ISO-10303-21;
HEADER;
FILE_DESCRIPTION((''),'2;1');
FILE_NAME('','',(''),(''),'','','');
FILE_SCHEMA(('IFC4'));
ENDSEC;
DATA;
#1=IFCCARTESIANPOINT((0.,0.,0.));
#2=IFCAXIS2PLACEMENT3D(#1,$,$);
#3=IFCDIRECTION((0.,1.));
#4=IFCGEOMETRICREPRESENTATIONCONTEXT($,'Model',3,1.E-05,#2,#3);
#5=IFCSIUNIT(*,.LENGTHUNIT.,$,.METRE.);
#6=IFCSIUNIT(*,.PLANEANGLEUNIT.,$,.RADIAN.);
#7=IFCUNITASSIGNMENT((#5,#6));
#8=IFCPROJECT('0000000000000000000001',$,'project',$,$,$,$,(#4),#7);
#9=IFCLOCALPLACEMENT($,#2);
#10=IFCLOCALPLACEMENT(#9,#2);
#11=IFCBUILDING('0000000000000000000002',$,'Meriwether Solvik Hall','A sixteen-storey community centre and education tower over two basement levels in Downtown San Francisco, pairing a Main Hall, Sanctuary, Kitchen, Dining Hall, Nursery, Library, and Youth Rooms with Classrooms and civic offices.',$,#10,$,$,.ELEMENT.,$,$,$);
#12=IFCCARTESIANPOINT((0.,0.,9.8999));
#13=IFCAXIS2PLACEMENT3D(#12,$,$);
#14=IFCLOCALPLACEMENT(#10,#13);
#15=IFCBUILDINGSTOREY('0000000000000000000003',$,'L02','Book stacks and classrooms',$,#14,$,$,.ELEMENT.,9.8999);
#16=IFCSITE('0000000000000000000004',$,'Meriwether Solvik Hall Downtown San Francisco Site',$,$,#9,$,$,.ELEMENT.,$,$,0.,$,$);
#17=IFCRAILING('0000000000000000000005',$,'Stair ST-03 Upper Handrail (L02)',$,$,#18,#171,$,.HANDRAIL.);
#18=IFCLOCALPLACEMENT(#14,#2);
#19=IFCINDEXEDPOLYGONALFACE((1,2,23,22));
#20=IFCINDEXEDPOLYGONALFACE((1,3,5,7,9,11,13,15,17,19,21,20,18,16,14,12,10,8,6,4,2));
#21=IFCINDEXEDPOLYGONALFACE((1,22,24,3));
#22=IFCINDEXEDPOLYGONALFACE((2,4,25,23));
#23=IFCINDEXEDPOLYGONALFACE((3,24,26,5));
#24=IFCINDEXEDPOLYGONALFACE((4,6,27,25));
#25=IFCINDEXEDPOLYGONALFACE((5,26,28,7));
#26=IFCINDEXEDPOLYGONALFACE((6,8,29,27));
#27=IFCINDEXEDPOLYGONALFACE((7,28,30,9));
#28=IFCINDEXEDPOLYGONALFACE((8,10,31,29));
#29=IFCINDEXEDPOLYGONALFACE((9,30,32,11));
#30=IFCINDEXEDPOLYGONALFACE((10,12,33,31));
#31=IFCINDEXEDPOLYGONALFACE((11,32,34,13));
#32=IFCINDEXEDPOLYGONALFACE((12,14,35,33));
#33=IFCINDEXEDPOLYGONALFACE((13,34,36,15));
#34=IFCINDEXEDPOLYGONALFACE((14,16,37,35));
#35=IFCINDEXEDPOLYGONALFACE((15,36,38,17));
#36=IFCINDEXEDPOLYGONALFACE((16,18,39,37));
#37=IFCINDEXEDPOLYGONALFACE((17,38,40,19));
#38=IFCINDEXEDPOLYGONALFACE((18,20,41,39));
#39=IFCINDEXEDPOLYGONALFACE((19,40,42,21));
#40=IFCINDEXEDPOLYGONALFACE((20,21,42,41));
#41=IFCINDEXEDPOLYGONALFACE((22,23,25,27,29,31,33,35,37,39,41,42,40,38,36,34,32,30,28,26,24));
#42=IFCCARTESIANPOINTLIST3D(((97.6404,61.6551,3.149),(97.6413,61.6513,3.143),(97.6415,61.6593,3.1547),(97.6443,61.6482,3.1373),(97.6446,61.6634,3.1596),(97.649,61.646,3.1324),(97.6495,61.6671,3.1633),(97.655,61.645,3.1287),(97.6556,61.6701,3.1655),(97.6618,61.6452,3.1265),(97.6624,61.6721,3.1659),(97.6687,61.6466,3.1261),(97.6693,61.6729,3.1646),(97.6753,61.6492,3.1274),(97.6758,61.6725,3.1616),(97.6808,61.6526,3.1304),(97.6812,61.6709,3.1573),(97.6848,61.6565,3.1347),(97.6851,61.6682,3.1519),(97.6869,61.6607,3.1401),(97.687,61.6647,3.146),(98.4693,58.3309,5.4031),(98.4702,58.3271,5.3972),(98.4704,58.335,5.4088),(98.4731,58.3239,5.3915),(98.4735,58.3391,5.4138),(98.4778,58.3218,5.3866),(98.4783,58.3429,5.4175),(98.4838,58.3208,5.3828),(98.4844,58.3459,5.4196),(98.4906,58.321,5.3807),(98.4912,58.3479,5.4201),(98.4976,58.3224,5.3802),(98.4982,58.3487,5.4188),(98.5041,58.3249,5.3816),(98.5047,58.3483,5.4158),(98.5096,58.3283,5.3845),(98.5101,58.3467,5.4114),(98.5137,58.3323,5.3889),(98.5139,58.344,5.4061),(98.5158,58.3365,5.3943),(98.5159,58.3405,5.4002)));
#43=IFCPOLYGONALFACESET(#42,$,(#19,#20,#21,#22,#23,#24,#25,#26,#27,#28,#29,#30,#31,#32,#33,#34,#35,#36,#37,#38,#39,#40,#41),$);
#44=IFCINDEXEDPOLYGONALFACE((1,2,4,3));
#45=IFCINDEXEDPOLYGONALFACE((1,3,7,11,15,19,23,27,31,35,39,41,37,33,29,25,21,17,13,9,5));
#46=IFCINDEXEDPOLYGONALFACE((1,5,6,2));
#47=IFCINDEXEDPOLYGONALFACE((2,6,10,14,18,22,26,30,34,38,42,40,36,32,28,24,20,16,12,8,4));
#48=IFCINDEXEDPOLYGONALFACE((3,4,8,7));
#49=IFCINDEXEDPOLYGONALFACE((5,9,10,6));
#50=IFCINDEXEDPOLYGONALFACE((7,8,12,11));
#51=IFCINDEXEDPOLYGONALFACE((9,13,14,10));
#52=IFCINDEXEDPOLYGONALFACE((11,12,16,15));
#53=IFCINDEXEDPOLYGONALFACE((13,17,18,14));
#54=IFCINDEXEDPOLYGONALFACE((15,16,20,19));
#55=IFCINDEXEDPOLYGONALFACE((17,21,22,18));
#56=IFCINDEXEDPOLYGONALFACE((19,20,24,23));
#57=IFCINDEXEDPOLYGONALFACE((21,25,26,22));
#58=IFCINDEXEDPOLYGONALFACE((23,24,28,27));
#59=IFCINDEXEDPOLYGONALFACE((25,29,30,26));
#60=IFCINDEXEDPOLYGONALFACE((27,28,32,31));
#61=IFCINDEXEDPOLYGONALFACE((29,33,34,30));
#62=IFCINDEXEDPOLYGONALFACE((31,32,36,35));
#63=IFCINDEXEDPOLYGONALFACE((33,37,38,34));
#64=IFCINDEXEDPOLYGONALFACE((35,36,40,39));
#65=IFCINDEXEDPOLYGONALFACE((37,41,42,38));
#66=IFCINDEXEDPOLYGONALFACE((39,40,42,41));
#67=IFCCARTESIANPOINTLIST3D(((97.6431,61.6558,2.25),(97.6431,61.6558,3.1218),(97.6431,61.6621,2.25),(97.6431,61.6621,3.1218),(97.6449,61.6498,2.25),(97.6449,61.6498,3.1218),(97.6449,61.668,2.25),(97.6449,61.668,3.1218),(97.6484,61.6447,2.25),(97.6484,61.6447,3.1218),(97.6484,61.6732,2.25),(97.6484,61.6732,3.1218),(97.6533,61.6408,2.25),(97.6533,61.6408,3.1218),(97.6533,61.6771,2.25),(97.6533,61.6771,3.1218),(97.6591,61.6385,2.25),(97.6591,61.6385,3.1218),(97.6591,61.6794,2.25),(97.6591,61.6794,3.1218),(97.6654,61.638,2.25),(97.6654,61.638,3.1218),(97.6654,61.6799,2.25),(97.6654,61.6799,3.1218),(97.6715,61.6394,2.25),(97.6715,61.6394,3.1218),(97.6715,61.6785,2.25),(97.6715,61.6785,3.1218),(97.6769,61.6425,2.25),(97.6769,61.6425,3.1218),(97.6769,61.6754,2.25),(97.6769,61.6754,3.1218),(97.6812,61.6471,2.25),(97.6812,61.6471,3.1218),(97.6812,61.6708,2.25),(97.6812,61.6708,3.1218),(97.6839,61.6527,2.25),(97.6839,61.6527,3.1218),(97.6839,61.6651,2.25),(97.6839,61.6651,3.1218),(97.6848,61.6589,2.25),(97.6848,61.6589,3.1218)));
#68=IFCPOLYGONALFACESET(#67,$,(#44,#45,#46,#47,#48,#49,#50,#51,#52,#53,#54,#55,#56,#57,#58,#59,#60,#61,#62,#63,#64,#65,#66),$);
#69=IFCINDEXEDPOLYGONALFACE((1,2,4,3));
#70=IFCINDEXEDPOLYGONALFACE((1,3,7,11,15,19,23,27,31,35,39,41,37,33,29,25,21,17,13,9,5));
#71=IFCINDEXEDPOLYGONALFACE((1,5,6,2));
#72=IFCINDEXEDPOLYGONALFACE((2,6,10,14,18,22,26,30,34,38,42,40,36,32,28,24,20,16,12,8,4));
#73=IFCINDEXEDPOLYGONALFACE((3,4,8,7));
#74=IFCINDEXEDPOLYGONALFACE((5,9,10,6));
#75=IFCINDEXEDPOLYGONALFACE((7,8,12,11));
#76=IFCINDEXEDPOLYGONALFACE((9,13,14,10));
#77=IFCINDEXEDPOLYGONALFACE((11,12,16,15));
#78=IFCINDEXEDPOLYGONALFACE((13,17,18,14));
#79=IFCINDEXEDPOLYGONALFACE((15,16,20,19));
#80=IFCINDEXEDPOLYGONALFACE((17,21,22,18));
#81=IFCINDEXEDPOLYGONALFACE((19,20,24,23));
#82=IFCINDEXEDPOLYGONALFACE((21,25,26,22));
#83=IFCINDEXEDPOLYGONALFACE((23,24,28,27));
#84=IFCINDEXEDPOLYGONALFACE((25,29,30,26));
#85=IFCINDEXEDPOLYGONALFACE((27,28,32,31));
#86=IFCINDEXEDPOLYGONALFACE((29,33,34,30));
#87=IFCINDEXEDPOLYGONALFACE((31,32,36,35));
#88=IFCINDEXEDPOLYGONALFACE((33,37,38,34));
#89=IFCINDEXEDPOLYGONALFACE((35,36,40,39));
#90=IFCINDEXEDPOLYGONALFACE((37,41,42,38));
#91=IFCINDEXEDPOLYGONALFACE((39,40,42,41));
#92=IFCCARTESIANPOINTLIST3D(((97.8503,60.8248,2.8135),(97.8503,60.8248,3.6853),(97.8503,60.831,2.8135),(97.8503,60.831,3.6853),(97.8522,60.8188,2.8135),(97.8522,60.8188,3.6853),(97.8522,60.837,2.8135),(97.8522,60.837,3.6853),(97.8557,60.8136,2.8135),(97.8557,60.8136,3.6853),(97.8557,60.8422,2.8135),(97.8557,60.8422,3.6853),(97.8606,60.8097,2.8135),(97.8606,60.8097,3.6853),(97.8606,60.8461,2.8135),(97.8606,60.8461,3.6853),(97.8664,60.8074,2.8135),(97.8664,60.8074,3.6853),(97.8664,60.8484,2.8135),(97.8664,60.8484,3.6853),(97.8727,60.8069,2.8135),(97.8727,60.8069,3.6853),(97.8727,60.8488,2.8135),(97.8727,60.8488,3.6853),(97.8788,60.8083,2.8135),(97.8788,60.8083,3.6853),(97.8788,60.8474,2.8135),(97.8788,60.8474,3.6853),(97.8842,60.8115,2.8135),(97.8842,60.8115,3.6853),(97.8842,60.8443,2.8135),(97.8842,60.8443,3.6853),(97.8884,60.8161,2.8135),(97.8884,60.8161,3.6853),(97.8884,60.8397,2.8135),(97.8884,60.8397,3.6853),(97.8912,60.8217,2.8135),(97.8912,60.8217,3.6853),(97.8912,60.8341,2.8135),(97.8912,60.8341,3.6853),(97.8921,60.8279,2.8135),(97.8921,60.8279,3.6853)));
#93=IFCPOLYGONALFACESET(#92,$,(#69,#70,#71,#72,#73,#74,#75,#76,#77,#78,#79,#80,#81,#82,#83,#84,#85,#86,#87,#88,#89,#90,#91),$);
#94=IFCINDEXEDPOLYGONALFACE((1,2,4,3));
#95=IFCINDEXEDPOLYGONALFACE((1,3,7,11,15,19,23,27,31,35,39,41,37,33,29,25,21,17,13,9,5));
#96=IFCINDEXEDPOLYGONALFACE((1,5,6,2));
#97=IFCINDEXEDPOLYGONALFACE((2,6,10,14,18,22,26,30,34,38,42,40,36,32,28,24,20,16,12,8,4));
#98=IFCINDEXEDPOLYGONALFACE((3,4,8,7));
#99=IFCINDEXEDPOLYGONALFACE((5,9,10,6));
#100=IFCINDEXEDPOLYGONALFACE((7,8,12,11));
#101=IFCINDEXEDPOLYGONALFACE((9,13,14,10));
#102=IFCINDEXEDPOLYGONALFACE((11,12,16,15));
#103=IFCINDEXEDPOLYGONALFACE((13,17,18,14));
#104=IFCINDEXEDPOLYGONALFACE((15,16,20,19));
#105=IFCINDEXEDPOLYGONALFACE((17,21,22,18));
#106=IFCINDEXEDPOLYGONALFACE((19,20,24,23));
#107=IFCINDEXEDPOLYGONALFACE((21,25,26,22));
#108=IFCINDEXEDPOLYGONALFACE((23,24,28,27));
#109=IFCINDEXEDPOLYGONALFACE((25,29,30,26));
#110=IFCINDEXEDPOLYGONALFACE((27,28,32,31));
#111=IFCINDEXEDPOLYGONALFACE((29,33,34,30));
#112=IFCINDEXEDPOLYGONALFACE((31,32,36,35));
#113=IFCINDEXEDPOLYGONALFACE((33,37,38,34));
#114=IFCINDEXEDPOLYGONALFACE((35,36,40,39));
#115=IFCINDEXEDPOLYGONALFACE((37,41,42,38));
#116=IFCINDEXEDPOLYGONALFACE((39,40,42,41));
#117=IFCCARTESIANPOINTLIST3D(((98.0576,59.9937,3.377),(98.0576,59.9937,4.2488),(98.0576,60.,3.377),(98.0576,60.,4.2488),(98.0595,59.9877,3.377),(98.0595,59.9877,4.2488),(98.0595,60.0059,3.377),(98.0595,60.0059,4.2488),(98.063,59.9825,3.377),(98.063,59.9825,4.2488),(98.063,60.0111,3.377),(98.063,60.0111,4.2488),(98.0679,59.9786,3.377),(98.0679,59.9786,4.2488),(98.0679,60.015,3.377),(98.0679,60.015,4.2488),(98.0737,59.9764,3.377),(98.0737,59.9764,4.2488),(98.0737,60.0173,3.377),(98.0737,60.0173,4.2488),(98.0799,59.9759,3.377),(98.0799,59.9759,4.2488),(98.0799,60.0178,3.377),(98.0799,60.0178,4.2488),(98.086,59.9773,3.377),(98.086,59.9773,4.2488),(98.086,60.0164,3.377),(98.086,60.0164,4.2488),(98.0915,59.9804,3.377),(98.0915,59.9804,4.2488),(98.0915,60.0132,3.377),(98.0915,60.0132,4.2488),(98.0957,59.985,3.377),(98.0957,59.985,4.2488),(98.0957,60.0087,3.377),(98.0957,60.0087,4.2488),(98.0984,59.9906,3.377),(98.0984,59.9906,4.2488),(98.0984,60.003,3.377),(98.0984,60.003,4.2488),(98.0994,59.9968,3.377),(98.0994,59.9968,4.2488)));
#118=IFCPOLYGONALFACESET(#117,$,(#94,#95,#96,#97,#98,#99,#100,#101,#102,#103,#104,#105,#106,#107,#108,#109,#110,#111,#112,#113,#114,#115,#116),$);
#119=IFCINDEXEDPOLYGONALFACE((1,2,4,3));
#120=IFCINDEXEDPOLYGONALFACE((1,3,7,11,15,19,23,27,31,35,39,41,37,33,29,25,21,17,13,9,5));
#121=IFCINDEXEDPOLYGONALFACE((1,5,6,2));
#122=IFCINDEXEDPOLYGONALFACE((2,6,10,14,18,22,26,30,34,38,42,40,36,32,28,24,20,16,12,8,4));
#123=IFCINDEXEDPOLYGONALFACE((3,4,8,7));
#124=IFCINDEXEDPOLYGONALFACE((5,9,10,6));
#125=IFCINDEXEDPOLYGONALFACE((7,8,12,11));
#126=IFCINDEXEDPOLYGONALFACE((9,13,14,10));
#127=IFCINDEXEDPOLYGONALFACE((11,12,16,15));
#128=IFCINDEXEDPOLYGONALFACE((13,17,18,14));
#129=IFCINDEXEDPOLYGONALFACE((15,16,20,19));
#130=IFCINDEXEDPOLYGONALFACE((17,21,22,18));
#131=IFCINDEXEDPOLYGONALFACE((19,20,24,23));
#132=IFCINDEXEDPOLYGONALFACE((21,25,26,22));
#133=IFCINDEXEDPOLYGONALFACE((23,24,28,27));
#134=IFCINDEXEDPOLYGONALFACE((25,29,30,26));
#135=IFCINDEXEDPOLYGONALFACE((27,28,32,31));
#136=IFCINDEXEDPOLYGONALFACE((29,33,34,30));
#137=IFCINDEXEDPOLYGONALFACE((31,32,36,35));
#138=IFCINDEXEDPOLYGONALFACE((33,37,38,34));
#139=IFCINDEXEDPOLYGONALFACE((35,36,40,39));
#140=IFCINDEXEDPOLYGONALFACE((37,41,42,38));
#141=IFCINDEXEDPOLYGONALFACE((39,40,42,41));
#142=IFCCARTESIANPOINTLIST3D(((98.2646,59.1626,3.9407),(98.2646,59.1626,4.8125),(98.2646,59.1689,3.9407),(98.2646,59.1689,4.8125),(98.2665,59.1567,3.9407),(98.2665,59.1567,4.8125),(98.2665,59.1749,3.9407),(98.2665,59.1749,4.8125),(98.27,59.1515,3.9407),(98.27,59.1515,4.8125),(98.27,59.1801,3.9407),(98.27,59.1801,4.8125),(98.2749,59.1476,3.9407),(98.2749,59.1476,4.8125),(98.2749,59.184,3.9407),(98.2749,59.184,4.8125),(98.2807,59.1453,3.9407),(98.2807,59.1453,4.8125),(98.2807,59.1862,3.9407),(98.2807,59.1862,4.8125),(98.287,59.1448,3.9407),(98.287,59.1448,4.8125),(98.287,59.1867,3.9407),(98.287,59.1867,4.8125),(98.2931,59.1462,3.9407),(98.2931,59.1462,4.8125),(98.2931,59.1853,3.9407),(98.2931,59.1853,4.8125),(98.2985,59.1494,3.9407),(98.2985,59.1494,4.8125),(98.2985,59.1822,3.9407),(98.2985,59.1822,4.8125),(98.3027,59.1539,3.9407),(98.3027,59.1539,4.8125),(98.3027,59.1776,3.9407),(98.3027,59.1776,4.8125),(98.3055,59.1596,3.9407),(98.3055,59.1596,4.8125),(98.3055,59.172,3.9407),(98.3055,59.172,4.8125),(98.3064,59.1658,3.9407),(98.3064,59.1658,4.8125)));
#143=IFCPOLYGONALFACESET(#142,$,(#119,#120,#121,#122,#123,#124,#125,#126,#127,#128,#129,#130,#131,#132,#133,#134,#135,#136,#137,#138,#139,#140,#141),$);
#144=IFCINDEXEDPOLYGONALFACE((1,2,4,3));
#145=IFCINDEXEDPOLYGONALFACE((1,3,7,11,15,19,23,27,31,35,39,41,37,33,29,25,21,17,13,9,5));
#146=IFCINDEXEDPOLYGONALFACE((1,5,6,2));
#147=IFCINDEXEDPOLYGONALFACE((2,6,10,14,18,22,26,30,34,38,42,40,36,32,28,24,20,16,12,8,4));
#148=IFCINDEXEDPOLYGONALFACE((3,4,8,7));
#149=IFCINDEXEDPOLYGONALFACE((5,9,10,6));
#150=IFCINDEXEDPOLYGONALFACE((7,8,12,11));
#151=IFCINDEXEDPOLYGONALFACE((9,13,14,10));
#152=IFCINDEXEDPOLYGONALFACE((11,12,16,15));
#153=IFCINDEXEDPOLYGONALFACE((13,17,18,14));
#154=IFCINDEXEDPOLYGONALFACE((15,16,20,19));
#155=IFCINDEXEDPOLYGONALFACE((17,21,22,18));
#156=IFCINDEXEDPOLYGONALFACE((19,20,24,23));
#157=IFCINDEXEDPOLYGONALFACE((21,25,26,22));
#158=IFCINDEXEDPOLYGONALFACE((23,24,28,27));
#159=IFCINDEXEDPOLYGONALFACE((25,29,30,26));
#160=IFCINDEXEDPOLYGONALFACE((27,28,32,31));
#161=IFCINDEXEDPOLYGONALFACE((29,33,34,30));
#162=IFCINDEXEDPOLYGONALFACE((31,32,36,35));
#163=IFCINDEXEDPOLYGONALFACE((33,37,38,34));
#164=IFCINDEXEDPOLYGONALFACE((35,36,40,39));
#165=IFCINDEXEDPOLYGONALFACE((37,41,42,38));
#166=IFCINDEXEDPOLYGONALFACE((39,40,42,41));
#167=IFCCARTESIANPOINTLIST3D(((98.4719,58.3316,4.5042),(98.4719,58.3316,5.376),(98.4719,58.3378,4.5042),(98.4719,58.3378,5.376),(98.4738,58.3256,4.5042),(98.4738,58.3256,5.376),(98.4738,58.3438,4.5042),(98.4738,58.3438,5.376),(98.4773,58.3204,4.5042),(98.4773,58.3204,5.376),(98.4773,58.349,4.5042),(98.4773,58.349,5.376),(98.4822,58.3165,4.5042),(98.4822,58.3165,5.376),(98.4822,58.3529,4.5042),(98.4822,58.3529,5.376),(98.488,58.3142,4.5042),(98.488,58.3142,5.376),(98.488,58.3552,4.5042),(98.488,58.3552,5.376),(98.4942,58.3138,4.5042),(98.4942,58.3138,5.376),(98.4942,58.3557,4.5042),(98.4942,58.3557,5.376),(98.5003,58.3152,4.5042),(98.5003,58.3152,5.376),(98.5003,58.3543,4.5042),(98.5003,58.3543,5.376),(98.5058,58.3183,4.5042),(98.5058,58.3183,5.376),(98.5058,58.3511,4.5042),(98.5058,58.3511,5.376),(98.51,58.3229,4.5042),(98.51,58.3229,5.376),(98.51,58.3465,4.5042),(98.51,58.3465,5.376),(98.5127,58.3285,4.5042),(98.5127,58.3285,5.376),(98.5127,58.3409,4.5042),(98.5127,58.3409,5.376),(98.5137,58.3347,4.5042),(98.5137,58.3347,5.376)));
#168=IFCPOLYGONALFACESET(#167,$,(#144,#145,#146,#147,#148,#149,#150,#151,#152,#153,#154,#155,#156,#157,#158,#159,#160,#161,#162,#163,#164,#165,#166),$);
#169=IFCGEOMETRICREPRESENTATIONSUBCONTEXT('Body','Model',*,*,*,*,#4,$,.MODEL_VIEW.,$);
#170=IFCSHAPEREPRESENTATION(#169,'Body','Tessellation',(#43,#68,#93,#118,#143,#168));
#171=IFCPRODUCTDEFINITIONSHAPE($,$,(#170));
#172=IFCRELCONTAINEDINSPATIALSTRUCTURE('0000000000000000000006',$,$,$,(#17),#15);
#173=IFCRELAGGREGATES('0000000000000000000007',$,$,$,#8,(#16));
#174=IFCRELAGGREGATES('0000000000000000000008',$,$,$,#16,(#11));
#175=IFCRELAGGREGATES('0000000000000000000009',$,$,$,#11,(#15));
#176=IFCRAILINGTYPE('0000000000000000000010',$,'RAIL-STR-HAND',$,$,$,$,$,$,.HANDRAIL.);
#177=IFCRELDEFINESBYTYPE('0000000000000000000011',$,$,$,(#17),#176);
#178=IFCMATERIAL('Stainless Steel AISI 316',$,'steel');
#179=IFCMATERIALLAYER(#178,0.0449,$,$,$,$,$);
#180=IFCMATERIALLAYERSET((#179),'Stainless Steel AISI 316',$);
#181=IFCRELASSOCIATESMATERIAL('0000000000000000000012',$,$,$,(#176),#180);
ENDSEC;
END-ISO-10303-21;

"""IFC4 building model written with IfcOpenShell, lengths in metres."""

from ifc_helpers import new_model, si_unit, direction, frame, origin, origin_2d, place, context, subcontext, project, spatial, circle, extrude, material, layer, layer_set, type_object, element, save


model = new_model("IFC4")

# Units and contexts
model_context = context("Model", 3, precision=1e-05, world=origin(), true_north=direction((0.0, 1.0)))
body_context = subcontext(model_context, "Body", "Model", "MODEL_VIEW")
ifc_project = project(units=[si_unit("LENGTHUNIT", "METRE"), si_unit("PLANEANGLEUNIT", "RADIAN")], contexts=[model_context])

# Site, building, storey
site_placement = place(None, origin())
site = spatial("IfcSite", under=ifc_project, at=site_placement, Name="Meriwether Solvik Hall Downtown San Francisco Site", CompositionType="ELEMENT", RefElevation=0.0)
building_placement = place(site_placement, origin())
building = spatial("IfcBuilding", under=site, at=building_placement, Name="Meriwether Solvik Hall", Description="A sixteen-storey community centre and education tower over two basement levels in Downtown San Francisco, pairing a Main Hall, Sanctuary, Kitchen, Dining Hall, Nursery, Library, and Youth Rooms with Classrooms and civic offices.", CompositionType="ELEMENT")
storey_placement = place(building_placement, frame((0.0, 0.0, 9.8999)))
storey = spatial("IfcBuildingStorey", under=building, at=storey_placement, Name="L02", Description="Book stacks and classrooms", CompositionType="ELEMENT", Elevation=9.8999)

# Railing
ifc_material_1 = material(Name="Stainless Steel AISI 316", Category="steel")
ifc_layer_1 = layer(ifc_material_1, 0.0449)
ifc_layer_set_1 = layer_set([ifc_layer_1], Name="Stainless Steel AISI 316")
railing_type_1 = type_object("IfcRailingType", Name="RAIL-STR-HAND", PredefinedType="HANDRAIL", material=ifc_layer_set_1)
railing_1_placement = place(storey_placement, frame((97.6638, 61.6589, 2.25)))
element("IfcRailing", 1, at=railing_1_placement, inside=storey, type_object=railing_type_1, Name="Stair ST-03 Upper Handrail (L02)", PredefinedType="HANDRAIL", context=body_context, shape_type="SweptSolid", body=[
    extrude(circle(Radius=0.0239, at=origin_2d()), frame((0.0, 0.0, 0.896), z_axis=(0.202108, -0.810577, 0.549652), x_axis=(0.970293, 0.241932, 0.0)), (0.0, 0.0, 1.0), 4.1011),
    extrude(circle(Radius=0.021, at=origin_2d()), origin(), (0.0, 0.0, 1.0), 0.8718),
    extrude(circle(Radius=0.021, at=origin_2d()), frame((0.2073, -0.8311, 0.5635)), (0.0, 0.0, 1.0), 0.8718),
    extrude(circle(Radius=0.021, at=origin_2d()), frame((0.4146, -1.6621, 1.127)), (0.0, 0.0, 1.0), 0.8718),
    extrude(circle(Radius=0.021, at=origin_2d()), frame((0.6216, -2.4932, 1.6907)), (0.0, 0.0, 1.0), 0.8718),
    extrude(circle(Radius=0.021, at=origin_2d()), frame((0.8289, -3.3242, 2.2542)), (0.0, 0.0, 1.0), 0.8718),
])

save(model, "model.ifc")
